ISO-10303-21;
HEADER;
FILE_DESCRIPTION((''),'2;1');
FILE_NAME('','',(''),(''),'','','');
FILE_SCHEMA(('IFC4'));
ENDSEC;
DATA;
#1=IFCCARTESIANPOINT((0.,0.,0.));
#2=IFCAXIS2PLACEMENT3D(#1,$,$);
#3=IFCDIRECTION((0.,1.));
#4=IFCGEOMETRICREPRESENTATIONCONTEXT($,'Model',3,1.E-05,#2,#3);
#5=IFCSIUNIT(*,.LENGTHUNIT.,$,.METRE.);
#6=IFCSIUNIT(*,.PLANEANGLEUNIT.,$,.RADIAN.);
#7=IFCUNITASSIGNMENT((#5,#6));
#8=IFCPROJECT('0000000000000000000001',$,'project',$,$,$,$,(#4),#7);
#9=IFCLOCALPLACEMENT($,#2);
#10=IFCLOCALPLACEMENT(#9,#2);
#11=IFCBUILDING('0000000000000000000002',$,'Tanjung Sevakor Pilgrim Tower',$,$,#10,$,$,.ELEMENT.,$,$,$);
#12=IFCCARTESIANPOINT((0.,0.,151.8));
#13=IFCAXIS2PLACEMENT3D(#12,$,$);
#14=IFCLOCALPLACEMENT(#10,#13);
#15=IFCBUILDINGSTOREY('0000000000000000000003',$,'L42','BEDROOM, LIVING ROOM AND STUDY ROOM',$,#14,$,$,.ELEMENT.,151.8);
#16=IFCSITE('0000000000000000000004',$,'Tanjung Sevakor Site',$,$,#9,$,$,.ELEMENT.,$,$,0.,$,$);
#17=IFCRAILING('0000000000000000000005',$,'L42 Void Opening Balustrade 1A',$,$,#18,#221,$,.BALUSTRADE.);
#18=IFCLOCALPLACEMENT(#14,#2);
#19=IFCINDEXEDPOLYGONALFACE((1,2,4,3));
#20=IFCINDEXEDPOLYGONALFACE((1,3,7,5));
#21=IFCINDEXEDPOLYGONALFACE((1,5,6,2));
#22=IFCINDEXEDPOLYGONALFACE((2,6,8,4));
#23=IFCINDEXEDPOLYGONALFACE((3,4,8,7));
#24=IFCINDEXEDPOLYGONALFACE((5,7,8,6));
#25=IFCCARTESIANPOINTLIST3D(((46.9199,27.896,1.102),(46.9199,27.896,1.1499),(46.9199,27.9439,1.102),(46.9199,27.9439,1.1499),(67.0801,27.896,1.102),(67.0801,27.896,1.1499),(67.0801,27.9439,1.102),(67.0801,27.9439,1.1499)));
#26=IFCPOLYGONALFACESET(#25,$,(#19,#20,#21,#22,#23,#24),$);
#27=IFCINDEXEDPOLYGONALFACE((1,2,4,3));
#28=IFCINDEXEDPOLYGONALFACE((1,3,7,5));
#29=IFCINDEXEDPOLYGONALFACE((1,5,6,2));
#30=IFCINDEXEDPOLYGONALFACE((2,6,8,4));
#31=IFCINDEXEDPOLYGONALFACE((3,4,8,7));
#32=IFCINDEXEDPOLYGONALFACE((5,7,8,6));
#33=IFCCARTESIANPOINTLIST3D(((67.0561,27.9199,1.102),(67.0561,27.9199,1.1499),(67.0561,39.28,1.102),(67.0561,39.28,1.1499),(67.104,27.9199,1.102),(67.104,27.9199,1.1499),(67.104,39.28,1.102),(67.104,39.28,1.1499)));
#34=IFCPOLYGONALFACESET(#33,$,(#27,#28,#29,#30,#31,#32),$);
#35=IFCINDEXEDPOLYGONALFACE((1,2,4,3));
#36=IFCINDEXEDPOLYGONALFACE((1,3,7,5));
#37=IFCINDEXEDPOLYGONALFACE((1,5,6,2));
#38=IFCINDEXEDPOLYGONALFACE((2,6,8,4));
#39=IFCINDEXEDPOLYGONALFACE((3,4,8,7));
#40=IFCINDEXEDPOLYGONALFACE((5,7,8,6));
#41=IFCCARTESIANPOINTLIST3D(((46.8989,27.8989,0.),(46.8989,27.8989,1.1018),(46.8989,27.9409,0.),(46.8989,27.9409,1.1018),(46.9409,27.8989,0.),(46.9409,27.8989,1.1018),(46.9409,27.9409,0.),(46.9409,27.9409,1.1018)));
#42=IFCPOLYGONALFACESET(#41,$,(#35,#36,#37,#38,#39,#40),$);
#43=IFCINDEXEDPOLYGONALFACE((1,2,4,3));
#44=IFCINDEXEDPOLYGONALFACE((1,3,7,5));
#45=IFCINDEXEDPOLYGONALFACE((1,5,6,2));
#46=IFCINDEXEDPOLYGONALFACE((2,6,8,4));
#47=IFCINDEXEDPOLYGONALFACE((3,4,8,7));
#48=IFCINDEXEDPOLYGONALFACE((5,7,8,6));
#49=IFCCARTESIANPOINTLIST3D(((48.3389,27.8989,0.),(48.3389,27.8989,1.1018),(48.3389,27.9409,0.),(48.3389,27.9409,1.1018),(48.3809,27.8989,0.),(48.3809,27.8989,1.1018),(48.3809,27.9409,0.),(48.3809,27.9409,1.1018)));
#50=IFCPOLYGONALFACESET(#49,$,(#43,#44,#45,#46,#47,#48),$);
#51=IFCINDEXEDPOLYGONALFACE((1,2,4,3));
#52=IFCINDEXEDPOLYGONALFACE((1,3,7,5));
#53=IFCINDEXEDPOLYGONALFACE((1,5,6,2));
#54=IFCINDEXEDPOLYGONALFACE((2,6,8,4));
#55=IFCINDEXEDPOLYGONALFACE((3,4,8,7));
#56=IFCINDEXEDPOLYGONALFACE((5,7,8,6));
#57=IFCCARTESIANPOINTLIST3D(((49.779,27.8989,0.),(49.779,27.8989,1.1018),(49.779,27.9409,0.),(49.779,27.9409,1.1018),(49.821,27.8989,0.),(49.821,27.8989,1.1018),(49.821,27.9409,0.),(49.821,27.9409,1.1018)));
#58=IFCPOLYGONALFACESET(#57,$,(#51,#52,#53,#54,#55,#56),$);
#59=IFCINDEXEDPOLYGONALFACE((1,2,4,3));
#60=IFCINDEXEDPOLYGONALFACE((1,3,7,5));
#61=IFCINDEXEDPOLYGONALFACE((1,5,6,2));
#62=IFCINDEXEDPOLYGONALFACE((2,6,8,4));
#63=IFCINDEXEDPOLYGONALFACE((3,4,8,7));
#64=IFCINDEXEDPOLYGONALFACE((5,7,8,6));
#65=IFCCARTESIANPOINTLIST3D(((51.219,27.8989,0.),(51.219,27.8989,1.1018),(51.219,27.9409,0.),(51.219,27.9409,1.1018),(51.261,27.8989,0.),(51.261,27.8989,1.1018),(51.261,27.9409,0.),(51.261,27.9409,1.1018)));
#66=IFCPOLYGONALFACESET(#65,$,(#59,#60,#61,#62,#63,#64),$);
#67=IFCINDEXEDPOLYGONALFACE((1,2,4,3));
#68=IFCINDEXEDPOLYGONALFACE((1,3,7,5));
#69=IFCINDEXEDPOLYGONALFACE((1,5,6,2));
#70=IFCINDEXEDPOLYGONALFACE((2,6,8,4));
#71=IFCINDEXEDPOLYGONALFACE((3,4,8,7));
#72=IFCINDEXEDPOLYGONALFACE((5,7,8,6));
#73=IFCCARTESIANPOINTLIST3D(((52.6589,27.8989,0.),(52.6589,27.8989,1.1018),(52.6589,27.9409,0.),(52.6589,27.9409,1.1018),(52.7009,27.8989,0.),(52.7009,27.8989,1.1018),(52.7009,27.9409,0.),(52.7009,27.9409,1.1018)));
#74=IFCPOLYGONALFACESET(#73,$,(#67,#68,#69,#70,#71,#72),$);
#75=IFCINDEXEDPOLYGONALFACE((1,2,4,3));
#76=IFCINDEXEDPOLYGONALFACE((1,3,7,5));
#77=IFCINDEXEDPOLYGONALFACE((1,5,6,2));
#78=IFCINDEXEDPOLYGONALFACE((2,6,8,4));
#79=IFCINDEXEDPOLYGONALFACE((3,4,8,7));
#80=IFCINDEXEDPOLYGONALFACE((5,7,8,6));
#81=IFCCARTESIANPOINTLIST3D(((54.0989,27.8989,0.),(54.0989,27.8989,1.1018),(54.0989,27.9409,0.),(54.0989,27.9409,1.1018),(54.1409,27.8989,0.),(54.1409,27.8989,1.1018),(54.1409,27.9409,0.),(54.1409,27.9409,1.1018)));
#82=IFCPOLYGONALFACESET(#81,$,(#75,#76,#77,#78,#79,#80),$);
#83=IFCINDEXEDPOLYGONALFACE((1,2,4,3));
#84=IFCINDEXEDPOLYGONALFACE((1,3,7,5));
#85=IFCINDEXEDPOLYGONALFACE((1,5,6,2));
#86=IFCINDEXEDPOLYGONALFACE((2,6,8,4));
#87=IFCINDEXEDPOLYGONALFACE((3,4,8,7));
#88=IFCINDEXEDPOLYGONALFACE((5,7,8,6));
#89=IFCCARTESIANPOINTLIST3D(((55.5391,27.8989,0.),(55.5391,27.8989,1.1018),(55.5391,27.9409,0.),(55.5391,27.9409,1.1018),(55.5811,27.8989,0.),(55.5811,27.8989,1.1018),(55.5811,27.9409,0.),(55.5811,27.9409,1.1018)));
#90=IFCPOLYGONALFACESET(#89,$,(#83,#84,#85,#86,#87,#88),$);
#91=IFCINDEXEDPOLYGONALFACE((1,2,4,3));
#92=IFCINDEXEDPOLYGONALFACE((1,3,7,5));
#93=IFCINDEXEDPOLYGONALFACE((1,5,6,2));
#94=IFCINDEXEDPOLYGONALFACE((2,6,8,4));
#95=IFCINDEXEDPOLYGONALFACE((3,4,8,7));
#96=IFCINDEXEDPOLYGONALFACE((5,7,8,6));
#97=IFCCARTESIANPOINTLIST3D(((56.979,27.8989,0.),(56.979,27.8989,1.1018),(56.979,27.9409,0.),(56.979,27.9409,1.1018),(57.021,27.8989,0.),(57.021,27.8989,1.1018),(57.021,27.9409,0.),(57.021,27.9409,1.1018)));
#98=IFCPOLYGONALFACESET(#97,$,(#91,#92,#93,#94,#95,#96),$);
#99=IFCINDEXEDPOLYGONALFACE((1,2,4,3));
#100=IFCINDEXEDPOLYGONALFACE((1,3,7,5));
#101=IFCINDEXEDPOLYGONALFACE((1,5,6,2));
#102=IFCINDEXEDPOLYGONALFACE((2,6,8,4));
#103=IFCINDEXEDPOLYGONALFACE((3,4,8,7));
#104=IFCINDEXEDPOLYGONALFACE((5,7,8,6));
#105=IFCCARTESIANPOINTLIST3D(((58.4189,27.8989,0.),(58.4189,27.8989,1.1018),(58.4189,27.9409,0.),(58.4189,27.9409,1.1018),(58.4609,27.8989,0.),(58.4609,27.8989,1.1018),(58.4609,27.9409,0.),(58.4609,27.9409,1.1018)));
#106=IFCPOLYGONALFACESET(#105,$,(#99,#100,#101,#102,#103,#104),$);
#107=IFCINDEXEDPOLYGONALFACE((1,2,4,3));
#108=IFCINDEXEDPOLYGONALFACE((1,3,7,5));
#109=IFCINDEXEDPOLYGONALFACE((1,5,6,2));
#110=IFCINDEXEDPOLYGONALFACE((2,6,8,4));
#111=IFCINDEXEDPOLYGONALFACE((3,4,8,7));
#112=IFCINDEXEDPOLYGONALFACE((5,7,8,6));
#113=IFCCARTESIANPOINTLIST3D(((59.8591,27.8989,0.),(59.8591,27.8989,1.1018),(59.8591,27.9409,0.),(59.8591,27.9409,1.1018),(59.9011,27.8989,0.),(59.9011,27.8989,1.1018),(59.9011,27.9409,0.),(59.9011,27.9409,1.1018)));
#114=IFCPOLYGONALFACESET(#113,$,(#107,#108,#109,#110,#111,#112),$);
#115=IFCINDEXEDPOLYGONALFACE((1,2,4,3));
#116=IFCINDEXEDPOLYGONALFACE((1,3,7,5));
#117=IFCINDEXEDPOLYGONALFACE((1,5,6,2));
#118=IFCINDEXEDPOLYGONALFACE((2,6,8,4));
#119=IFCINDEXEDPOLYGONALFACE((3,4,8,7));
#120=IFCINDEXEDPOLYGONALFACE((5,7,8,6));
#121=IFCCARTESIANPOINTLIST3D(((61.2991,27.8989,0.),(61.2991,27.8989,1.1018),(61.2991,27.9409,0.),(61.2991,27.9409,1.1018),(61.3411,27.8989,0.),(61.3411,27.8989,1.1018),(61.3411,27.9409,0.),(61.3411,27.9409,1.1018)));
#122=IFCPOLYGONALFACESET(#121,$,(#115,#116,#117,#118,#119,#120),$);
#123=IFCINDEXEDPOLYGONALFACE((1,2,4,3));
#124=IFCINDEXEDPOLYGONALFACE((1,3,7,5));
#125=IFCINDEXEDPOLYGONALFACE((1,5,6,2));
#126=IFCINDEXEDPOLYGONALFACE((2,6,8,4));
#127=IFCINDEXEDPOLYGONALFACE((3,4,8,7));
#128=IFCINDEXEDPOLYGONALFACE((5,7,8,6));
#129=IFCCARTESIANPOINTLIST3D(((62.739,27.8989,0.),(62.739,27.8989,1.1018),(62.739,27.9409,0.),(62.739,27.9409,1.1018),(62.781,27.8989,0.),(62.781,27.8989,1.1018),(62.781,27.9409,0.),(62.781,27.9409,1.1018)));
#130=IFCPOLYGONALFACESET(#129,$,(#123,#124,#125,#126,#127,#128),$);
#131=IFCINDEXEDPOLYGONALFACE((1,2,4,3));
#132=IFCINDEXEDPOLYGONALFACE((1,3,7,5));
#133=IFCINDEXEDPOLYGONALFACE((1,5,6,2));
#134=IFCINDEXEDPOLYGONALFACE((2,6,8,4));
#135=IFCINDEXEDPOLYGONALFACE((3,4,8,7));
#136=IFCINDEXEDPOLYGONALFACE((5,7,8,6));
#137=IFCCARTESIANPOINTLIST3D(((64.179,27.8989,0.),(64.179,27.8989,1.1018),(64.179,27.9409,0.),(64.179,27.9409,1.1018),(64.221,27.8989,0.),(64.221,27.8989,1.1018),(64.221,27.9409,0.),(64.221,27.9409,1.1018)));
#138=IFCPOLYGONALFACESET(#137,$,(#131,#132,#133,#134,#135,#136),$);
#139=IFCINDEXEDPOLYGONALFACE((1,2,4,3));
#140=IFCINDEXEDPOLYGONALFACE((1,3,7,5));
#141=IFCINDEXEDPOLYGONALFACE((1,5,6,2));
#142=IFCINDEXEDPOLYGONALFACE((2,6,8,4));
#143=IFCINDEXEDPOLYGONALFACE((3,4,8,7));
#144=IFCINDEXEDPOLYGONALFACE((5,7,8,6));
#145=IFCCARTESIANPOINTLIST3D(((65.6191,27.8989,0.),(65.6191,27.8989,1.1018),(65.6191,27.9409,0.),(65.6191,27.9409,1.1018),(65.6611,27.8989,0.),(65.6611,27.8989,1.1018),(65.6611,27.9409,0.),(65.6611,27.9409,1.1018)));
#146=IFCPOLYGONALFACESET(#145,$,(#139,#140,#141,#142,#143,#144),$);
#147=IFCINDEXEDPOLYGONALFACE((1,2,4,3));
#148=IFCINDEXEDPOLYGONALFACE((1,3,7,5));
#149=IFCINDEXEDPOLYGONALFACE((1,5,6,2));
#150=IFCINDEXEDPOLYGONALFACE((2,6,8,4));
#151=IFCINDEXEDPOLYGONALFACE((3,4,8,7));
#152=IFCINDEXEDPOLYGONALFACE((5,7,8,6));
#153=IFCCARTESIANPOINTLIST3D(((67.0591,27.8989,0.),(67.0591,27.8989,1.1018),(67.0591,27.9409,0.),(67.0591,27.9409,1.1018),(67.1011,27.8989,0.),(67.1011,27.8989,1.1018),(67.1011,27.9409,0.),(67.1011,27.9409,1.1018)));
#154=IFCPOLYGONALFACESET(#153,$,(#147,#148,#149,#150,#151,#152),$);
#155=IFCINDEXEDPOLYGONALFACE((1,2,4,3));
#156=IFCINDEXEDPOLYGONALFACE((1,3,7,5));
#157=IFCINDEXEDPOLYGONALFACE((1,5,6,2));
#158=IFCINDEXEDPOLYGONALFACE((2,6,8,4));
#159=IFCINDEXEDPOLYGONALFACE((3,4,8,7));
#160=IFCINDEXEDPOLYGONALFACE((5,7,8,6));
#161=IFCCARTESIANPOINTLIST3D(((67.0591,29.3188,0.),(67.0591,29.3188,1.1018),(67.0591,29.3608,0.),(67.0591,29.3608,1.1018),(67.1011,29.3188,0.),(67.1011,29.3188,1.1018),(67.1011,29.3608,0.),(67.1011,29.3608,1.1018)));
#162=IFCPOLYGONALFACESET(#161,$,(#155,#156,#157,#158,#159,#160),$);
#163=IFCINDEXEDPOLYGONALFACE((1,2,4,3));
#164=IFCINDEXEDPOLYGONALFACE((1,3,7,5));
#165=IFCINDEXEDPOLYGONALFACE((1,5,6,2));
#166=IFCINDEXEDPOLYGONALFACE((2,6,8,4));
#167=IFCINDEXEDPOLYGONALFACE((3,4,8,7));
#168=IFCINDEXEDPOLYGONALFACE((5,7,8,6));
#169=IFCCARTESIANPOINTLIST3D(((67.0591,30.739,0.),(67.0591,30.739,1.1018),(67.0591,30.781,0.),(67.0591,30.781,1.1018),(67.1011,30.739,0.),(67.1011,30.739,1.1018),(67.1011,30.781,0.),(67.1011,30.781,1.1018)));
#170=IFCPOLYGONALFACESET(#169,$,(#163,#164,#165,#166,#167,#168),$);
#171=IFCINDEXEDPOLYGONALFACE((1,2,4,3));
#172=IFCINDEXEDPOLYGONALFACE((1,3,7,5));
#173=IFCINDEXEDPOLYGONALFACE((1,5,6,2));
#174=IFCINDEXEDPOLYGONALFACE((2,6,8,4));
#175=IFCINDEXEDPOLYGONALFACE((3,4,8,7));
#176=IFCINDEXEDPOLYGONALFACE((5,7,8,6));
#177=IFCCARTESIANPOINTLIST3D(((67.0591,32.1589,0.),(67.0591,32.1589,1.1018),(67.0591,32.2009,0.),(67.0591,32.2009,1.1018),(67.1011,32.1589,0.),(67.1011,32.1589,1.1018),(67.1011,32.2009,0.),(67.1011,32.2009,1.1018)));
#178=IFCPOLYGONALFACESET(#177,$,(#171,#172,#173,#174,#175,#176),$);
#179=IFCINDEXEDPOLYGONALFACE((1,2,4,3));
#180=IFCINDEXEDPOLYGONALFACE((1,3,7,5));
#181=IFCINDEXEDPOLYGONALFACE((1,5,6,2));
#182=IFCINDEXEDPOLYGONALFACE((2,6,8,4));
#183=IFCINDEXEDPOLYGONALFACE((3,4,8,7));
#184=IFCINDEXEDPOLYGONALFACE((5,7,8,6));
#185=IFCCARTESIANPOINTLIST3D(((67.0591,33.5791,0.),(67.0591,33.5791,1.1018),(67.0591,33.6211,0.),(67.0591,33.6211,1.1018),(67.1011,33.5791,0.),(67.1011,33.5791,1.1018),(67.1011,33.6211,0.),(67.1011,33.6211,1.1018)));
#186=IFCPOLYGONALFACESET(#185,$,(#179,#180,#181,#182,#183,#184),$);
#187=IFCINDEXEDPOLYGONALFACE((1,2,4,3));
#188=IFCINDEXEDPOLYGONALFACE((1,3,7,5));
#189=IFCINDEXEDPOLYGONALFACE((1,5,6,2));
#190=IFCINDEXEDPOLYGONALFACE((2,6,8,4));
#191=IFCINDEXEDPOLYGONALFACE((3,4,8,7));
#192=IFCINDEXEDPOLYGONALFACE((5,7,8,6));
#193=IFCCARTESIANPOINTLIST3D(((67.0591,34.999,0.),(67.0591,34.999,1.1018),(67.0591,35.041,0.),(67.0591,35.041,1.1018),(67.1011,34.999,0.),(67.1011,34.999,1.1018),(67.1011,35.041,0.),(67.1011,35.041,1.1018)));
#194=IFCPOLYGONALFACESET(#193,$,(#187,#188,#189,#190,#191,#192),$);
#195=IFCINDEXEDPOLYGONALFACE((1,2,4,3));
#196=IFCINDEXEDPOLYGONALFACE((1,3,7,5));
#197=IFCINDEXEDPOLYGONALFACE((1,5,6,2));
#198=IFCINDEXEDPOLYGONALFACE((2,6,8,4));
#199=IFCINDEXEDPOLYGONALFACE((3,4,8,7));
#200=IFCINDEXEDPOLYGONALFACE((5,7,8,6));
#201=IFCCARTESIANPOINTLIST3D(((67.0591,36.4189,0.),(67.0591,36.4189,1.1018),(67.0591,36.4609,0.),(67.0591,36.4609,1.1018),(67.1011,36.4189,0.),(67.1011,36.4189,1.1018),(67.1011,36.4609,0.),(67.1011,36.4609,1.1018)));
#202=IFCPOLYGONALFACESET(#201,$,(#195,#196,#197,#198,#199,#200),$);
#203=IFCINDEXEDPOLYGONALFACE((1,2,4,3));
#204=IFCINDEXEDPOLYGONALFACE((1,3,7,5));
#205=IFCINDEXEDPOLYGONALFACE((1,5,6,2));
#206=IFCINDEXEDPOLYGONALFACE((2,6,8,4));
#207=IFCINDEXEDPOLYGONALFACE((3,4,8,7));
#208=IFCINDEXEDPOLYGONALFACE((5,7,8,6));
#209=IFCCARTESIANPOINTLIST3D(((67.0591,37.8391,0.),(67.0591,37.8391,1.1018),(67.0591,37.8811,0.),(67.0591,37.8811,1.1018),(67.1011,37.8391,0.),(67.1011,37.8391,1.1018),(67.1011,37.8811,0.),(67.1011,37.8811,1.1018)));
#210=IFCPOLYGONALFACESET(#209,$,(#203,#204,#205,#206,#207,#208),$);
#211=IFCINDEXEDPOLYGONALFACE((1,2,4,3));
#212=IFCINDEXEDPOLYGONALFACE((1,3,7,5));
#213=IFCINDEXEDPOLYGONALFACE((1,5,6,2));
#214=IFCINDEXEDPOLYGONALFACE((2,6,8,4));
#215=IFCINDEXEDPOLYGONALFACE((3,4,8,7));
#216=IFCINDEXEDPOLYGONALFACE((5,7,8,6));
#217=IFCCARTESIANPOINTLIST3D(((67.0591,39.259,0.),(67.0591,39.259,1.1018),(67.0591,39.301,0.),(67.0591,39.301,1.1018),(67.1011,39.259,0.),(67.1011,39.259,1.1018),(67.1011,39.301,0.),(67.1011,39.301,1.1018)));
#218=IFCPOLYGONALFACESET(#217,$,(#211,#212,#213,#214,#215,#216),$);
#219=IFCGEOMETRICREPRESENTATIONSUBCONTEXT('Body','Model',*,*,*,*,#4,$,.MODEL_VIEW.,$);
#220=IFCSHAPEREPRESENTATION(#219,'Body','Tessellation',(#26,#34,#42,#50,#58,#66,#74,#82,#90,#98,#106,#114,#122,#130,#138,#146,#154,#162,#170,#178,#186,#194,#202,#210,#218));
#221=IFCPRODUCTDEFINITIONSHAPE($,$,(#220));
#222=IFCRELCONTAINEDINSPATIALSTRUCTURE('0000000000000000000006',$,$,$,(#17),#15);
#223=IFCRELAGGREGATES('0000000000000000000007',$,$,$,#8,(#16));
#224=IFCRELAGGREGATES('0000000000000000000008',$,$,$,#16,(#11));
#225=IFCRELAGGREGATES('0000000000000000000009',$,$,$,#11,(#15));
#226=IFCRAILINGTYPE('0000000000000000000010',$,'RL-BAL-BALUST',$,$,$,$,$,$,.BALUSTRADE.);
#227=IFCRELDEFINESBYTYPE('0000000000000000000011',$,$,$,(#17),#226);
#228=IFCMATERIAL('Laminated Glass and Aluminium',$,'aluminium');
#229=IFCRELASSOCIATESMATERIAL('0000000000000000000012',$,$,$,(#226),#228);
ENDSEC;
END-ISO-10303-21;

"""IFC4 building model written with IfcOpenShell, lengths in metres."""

from ifc_helpers import new_model, si_unit, direction, frame, origin, place, context, subcontext, project, spatial, rectangle, extrude, material, type_object, element, save


model = new_model("IFC4")

# Units and contexts
model_context = context("Model", 3, precision=1e-05, world=origin(), true_north=direction((0.0, 1.0)))
body_context = subcontext(model_context, "Body", "Model", "MODEL_VIEW")
ifc_project = project(units=[si_unit("LENGTHUNIT", "METRE"), si_unit("PLANEANGLEUNIT", "RADIAN")], contexts=[model_context])

# Site, building, storey
site_placement = place(None, origin())
site = spatial("IfcSite", under=ifc_project, at=site_placement, Name="Tanjung Sevakor Site", CompositionType="ELEMENT", RefElevation=0.0)
building_placement = place(site_placement, origin())
building = spatial("IfcBuilding", under=site, at=building_placement, Name="Tanjung Sevakor Pilgrim Tower", CompositionType="ELEMENT")
storey_placement = place(building_placement, frame((0.0, 0.0, 151.8)))
storey = spatial("IfcBuildingStorey", under=building, at=storey_placement, Name="L42", Description="BEDROOM, LIVING ROOM AND STUDY ROOM", CompositionType="ELEMENT", Elevation=151.8)

# Railing
ifc_material_1 = material(Name="Laminated Glass and Aluminium", Category="aluminium")
railing_type = type_object("IfcRailingType", Name="RL-BAL-BALUST", PredefinedType="BALUSTRADE", material=ifc_material_1)
railing_placement = place(storey_placement, frame((46.9199, 27.9199, 0.0)))
element("IfcRailing", 1, at=railing_placement, inside=storey, type_object=railing_type, Name="L42 Void Opening Balustrade 1A", PredefinedType="BALUSTRADE", context=body_context, shape_type="SweptSolid", body=[
    extrude(rectangle(XDim=0.0479, YDim=0.0479), frame((0.0, 0.0, 1.126), z_axis=(1.0, 0.0, 0.0), x_axis=(0.0, 1.0, 0.0)), (0.0, 0.0, 1.0), 20.1602),
    extrude(rectangle(XDim=0.0479, YDim=0.0479), frame((20.1602, 0.0, 1.126), z_axis=(0.0, 1.0, 0.0), x_axis=(-1.0, 0.0, 0.0)), (0.0, 0.0, 1.0), 11.3601),
    extrude(rectangle(XDim=0.042, YDim=0.042), origin(), (0.0, 0.0, 1.0), 1.1018),
    extrude(rectangle(XDim=0.042, YDim=0.042), frame((1.4399, 0.0, 0.0)), (0.0, 0.0, 1.0), 1.1018),
    extrude(rectangle(XDim=0.042, YDim=0.042), frame((2.8801, 0.0, 0.0)), (0.0, 0.0, 1.0), 1.1018),
    extrude(rectangle(XDim=0.042, YDim=0.042), frame((4.3201, 0.0, 0.0)), (0.0, 0.0, 1.0), 1.1018),
    extrude(rectangle(XDim=0.042, YDim=0.042), frame((5.76, 0.0, 0.0)), (0.0, 0.0, 1.0), 1.1018),
    extrude(rectangle(XDim=0.042, YDim=0.042), frame((7.2, 0.0, 0.0)), (0.0, 0.0, 1.0), 1.1018),
    extrude(rectangle(XDim=0.042, YDim=0.042), frame((8.6401, 0.0, 0.0)), (0.0, 0.0, 1.0), 1.1018),
    extrude(rectangle(XDim=0.042, YDim=0.042), frame((10.0801, 0.0, 0.0)), (0.0, 0.0, 1.0), 1.1018),
    extrude(rectangle(XDim=0.042, YDim=0.042), frame((11.52, 0.0, 0.0)), (0.0, 0.0, 1.0), 1.1018),
    extrude(rectangle(XDim=0.042, YDim=0.042), frame((12.9602, 0.0, 0.0)), (0.0, 0.0, 1.0), 1.1018),
    extrude(rectangle(XDim=0.042, YDim=0.042), frame((14.4001, 0.0, 0.0)), (0.0, 0.0, 1.0), 1.1018),
    extrude(rectangle(XDim=0.042, YDim=0.042), frame((15.8401, 0.0, 0.0)), (0.0, 0.0, 1.0), 1.1018),
    extrude(rectangle(XDim=0.042, YDim=0.042), frame((17.28, 0.0, 0.0)), (0.0, 0.0, 1.0), 1.1018),
    extrude(rectangle(XDim=0.042, YDim=0.042), frame((18.7202, 0.0, 0.0)), (0.0, 0.0, 1.0), 1.1018),
    extrude(rectangle(XDim=0.042, YDim=0.042), frame((20.1602, 0.0, 0.0)), (0.0, 0.0, 1.0), 1.1018),
    extrude(rectangle(XDim=0.042, YDim=0.042), frame((20.1602, 1.4199, 0.0)), (0.0, 0.0, 1.0), 1.1018),
    extrude(rectangle(XDim=0.042, YDim=0.042), frame((20.1602, 2.8401, 0.0)), (0.0, 0.0, 1.0), 1.1018),
    extrude(rectangle(XDim=0.042, YDim=0.042), frame((20.1602, 4.26, 0.0)), (0.0, 0.0, 1.0), 1.1018),
    extrude(rectangle(XDim=0.042, YDim=0.042), frame((20.1602, 5.6802, 0.0)), (0.0, 0.0, 1.0), 1.1018),
    extrude(rectangle(XDim=0.042, YDim=0.042), frame((20.1602, 7.1001, 0.0)), (0.0, 0.0, 1.0), 1.1018),
    extrude(rectangle(XDim=0.042, YDim=0.042), frame((20.1602, 8.52, 0.0)), (0.0, 0.0, 1.0), 1.1018),
    extrude(rectangle(XDim=0.042, YDim=0.042), frame((20.1602, 9.9402, 0.0)), (0.0, 0.0, 1.0), 1.1018),
    extrude(rectangle(XDim=0.042, YDim=0.042), frame((20.1602, 11.3601, 0.0)), (0.0, 0.0, 1.0), 1.1018),
])

save(model, "model.ifc")
